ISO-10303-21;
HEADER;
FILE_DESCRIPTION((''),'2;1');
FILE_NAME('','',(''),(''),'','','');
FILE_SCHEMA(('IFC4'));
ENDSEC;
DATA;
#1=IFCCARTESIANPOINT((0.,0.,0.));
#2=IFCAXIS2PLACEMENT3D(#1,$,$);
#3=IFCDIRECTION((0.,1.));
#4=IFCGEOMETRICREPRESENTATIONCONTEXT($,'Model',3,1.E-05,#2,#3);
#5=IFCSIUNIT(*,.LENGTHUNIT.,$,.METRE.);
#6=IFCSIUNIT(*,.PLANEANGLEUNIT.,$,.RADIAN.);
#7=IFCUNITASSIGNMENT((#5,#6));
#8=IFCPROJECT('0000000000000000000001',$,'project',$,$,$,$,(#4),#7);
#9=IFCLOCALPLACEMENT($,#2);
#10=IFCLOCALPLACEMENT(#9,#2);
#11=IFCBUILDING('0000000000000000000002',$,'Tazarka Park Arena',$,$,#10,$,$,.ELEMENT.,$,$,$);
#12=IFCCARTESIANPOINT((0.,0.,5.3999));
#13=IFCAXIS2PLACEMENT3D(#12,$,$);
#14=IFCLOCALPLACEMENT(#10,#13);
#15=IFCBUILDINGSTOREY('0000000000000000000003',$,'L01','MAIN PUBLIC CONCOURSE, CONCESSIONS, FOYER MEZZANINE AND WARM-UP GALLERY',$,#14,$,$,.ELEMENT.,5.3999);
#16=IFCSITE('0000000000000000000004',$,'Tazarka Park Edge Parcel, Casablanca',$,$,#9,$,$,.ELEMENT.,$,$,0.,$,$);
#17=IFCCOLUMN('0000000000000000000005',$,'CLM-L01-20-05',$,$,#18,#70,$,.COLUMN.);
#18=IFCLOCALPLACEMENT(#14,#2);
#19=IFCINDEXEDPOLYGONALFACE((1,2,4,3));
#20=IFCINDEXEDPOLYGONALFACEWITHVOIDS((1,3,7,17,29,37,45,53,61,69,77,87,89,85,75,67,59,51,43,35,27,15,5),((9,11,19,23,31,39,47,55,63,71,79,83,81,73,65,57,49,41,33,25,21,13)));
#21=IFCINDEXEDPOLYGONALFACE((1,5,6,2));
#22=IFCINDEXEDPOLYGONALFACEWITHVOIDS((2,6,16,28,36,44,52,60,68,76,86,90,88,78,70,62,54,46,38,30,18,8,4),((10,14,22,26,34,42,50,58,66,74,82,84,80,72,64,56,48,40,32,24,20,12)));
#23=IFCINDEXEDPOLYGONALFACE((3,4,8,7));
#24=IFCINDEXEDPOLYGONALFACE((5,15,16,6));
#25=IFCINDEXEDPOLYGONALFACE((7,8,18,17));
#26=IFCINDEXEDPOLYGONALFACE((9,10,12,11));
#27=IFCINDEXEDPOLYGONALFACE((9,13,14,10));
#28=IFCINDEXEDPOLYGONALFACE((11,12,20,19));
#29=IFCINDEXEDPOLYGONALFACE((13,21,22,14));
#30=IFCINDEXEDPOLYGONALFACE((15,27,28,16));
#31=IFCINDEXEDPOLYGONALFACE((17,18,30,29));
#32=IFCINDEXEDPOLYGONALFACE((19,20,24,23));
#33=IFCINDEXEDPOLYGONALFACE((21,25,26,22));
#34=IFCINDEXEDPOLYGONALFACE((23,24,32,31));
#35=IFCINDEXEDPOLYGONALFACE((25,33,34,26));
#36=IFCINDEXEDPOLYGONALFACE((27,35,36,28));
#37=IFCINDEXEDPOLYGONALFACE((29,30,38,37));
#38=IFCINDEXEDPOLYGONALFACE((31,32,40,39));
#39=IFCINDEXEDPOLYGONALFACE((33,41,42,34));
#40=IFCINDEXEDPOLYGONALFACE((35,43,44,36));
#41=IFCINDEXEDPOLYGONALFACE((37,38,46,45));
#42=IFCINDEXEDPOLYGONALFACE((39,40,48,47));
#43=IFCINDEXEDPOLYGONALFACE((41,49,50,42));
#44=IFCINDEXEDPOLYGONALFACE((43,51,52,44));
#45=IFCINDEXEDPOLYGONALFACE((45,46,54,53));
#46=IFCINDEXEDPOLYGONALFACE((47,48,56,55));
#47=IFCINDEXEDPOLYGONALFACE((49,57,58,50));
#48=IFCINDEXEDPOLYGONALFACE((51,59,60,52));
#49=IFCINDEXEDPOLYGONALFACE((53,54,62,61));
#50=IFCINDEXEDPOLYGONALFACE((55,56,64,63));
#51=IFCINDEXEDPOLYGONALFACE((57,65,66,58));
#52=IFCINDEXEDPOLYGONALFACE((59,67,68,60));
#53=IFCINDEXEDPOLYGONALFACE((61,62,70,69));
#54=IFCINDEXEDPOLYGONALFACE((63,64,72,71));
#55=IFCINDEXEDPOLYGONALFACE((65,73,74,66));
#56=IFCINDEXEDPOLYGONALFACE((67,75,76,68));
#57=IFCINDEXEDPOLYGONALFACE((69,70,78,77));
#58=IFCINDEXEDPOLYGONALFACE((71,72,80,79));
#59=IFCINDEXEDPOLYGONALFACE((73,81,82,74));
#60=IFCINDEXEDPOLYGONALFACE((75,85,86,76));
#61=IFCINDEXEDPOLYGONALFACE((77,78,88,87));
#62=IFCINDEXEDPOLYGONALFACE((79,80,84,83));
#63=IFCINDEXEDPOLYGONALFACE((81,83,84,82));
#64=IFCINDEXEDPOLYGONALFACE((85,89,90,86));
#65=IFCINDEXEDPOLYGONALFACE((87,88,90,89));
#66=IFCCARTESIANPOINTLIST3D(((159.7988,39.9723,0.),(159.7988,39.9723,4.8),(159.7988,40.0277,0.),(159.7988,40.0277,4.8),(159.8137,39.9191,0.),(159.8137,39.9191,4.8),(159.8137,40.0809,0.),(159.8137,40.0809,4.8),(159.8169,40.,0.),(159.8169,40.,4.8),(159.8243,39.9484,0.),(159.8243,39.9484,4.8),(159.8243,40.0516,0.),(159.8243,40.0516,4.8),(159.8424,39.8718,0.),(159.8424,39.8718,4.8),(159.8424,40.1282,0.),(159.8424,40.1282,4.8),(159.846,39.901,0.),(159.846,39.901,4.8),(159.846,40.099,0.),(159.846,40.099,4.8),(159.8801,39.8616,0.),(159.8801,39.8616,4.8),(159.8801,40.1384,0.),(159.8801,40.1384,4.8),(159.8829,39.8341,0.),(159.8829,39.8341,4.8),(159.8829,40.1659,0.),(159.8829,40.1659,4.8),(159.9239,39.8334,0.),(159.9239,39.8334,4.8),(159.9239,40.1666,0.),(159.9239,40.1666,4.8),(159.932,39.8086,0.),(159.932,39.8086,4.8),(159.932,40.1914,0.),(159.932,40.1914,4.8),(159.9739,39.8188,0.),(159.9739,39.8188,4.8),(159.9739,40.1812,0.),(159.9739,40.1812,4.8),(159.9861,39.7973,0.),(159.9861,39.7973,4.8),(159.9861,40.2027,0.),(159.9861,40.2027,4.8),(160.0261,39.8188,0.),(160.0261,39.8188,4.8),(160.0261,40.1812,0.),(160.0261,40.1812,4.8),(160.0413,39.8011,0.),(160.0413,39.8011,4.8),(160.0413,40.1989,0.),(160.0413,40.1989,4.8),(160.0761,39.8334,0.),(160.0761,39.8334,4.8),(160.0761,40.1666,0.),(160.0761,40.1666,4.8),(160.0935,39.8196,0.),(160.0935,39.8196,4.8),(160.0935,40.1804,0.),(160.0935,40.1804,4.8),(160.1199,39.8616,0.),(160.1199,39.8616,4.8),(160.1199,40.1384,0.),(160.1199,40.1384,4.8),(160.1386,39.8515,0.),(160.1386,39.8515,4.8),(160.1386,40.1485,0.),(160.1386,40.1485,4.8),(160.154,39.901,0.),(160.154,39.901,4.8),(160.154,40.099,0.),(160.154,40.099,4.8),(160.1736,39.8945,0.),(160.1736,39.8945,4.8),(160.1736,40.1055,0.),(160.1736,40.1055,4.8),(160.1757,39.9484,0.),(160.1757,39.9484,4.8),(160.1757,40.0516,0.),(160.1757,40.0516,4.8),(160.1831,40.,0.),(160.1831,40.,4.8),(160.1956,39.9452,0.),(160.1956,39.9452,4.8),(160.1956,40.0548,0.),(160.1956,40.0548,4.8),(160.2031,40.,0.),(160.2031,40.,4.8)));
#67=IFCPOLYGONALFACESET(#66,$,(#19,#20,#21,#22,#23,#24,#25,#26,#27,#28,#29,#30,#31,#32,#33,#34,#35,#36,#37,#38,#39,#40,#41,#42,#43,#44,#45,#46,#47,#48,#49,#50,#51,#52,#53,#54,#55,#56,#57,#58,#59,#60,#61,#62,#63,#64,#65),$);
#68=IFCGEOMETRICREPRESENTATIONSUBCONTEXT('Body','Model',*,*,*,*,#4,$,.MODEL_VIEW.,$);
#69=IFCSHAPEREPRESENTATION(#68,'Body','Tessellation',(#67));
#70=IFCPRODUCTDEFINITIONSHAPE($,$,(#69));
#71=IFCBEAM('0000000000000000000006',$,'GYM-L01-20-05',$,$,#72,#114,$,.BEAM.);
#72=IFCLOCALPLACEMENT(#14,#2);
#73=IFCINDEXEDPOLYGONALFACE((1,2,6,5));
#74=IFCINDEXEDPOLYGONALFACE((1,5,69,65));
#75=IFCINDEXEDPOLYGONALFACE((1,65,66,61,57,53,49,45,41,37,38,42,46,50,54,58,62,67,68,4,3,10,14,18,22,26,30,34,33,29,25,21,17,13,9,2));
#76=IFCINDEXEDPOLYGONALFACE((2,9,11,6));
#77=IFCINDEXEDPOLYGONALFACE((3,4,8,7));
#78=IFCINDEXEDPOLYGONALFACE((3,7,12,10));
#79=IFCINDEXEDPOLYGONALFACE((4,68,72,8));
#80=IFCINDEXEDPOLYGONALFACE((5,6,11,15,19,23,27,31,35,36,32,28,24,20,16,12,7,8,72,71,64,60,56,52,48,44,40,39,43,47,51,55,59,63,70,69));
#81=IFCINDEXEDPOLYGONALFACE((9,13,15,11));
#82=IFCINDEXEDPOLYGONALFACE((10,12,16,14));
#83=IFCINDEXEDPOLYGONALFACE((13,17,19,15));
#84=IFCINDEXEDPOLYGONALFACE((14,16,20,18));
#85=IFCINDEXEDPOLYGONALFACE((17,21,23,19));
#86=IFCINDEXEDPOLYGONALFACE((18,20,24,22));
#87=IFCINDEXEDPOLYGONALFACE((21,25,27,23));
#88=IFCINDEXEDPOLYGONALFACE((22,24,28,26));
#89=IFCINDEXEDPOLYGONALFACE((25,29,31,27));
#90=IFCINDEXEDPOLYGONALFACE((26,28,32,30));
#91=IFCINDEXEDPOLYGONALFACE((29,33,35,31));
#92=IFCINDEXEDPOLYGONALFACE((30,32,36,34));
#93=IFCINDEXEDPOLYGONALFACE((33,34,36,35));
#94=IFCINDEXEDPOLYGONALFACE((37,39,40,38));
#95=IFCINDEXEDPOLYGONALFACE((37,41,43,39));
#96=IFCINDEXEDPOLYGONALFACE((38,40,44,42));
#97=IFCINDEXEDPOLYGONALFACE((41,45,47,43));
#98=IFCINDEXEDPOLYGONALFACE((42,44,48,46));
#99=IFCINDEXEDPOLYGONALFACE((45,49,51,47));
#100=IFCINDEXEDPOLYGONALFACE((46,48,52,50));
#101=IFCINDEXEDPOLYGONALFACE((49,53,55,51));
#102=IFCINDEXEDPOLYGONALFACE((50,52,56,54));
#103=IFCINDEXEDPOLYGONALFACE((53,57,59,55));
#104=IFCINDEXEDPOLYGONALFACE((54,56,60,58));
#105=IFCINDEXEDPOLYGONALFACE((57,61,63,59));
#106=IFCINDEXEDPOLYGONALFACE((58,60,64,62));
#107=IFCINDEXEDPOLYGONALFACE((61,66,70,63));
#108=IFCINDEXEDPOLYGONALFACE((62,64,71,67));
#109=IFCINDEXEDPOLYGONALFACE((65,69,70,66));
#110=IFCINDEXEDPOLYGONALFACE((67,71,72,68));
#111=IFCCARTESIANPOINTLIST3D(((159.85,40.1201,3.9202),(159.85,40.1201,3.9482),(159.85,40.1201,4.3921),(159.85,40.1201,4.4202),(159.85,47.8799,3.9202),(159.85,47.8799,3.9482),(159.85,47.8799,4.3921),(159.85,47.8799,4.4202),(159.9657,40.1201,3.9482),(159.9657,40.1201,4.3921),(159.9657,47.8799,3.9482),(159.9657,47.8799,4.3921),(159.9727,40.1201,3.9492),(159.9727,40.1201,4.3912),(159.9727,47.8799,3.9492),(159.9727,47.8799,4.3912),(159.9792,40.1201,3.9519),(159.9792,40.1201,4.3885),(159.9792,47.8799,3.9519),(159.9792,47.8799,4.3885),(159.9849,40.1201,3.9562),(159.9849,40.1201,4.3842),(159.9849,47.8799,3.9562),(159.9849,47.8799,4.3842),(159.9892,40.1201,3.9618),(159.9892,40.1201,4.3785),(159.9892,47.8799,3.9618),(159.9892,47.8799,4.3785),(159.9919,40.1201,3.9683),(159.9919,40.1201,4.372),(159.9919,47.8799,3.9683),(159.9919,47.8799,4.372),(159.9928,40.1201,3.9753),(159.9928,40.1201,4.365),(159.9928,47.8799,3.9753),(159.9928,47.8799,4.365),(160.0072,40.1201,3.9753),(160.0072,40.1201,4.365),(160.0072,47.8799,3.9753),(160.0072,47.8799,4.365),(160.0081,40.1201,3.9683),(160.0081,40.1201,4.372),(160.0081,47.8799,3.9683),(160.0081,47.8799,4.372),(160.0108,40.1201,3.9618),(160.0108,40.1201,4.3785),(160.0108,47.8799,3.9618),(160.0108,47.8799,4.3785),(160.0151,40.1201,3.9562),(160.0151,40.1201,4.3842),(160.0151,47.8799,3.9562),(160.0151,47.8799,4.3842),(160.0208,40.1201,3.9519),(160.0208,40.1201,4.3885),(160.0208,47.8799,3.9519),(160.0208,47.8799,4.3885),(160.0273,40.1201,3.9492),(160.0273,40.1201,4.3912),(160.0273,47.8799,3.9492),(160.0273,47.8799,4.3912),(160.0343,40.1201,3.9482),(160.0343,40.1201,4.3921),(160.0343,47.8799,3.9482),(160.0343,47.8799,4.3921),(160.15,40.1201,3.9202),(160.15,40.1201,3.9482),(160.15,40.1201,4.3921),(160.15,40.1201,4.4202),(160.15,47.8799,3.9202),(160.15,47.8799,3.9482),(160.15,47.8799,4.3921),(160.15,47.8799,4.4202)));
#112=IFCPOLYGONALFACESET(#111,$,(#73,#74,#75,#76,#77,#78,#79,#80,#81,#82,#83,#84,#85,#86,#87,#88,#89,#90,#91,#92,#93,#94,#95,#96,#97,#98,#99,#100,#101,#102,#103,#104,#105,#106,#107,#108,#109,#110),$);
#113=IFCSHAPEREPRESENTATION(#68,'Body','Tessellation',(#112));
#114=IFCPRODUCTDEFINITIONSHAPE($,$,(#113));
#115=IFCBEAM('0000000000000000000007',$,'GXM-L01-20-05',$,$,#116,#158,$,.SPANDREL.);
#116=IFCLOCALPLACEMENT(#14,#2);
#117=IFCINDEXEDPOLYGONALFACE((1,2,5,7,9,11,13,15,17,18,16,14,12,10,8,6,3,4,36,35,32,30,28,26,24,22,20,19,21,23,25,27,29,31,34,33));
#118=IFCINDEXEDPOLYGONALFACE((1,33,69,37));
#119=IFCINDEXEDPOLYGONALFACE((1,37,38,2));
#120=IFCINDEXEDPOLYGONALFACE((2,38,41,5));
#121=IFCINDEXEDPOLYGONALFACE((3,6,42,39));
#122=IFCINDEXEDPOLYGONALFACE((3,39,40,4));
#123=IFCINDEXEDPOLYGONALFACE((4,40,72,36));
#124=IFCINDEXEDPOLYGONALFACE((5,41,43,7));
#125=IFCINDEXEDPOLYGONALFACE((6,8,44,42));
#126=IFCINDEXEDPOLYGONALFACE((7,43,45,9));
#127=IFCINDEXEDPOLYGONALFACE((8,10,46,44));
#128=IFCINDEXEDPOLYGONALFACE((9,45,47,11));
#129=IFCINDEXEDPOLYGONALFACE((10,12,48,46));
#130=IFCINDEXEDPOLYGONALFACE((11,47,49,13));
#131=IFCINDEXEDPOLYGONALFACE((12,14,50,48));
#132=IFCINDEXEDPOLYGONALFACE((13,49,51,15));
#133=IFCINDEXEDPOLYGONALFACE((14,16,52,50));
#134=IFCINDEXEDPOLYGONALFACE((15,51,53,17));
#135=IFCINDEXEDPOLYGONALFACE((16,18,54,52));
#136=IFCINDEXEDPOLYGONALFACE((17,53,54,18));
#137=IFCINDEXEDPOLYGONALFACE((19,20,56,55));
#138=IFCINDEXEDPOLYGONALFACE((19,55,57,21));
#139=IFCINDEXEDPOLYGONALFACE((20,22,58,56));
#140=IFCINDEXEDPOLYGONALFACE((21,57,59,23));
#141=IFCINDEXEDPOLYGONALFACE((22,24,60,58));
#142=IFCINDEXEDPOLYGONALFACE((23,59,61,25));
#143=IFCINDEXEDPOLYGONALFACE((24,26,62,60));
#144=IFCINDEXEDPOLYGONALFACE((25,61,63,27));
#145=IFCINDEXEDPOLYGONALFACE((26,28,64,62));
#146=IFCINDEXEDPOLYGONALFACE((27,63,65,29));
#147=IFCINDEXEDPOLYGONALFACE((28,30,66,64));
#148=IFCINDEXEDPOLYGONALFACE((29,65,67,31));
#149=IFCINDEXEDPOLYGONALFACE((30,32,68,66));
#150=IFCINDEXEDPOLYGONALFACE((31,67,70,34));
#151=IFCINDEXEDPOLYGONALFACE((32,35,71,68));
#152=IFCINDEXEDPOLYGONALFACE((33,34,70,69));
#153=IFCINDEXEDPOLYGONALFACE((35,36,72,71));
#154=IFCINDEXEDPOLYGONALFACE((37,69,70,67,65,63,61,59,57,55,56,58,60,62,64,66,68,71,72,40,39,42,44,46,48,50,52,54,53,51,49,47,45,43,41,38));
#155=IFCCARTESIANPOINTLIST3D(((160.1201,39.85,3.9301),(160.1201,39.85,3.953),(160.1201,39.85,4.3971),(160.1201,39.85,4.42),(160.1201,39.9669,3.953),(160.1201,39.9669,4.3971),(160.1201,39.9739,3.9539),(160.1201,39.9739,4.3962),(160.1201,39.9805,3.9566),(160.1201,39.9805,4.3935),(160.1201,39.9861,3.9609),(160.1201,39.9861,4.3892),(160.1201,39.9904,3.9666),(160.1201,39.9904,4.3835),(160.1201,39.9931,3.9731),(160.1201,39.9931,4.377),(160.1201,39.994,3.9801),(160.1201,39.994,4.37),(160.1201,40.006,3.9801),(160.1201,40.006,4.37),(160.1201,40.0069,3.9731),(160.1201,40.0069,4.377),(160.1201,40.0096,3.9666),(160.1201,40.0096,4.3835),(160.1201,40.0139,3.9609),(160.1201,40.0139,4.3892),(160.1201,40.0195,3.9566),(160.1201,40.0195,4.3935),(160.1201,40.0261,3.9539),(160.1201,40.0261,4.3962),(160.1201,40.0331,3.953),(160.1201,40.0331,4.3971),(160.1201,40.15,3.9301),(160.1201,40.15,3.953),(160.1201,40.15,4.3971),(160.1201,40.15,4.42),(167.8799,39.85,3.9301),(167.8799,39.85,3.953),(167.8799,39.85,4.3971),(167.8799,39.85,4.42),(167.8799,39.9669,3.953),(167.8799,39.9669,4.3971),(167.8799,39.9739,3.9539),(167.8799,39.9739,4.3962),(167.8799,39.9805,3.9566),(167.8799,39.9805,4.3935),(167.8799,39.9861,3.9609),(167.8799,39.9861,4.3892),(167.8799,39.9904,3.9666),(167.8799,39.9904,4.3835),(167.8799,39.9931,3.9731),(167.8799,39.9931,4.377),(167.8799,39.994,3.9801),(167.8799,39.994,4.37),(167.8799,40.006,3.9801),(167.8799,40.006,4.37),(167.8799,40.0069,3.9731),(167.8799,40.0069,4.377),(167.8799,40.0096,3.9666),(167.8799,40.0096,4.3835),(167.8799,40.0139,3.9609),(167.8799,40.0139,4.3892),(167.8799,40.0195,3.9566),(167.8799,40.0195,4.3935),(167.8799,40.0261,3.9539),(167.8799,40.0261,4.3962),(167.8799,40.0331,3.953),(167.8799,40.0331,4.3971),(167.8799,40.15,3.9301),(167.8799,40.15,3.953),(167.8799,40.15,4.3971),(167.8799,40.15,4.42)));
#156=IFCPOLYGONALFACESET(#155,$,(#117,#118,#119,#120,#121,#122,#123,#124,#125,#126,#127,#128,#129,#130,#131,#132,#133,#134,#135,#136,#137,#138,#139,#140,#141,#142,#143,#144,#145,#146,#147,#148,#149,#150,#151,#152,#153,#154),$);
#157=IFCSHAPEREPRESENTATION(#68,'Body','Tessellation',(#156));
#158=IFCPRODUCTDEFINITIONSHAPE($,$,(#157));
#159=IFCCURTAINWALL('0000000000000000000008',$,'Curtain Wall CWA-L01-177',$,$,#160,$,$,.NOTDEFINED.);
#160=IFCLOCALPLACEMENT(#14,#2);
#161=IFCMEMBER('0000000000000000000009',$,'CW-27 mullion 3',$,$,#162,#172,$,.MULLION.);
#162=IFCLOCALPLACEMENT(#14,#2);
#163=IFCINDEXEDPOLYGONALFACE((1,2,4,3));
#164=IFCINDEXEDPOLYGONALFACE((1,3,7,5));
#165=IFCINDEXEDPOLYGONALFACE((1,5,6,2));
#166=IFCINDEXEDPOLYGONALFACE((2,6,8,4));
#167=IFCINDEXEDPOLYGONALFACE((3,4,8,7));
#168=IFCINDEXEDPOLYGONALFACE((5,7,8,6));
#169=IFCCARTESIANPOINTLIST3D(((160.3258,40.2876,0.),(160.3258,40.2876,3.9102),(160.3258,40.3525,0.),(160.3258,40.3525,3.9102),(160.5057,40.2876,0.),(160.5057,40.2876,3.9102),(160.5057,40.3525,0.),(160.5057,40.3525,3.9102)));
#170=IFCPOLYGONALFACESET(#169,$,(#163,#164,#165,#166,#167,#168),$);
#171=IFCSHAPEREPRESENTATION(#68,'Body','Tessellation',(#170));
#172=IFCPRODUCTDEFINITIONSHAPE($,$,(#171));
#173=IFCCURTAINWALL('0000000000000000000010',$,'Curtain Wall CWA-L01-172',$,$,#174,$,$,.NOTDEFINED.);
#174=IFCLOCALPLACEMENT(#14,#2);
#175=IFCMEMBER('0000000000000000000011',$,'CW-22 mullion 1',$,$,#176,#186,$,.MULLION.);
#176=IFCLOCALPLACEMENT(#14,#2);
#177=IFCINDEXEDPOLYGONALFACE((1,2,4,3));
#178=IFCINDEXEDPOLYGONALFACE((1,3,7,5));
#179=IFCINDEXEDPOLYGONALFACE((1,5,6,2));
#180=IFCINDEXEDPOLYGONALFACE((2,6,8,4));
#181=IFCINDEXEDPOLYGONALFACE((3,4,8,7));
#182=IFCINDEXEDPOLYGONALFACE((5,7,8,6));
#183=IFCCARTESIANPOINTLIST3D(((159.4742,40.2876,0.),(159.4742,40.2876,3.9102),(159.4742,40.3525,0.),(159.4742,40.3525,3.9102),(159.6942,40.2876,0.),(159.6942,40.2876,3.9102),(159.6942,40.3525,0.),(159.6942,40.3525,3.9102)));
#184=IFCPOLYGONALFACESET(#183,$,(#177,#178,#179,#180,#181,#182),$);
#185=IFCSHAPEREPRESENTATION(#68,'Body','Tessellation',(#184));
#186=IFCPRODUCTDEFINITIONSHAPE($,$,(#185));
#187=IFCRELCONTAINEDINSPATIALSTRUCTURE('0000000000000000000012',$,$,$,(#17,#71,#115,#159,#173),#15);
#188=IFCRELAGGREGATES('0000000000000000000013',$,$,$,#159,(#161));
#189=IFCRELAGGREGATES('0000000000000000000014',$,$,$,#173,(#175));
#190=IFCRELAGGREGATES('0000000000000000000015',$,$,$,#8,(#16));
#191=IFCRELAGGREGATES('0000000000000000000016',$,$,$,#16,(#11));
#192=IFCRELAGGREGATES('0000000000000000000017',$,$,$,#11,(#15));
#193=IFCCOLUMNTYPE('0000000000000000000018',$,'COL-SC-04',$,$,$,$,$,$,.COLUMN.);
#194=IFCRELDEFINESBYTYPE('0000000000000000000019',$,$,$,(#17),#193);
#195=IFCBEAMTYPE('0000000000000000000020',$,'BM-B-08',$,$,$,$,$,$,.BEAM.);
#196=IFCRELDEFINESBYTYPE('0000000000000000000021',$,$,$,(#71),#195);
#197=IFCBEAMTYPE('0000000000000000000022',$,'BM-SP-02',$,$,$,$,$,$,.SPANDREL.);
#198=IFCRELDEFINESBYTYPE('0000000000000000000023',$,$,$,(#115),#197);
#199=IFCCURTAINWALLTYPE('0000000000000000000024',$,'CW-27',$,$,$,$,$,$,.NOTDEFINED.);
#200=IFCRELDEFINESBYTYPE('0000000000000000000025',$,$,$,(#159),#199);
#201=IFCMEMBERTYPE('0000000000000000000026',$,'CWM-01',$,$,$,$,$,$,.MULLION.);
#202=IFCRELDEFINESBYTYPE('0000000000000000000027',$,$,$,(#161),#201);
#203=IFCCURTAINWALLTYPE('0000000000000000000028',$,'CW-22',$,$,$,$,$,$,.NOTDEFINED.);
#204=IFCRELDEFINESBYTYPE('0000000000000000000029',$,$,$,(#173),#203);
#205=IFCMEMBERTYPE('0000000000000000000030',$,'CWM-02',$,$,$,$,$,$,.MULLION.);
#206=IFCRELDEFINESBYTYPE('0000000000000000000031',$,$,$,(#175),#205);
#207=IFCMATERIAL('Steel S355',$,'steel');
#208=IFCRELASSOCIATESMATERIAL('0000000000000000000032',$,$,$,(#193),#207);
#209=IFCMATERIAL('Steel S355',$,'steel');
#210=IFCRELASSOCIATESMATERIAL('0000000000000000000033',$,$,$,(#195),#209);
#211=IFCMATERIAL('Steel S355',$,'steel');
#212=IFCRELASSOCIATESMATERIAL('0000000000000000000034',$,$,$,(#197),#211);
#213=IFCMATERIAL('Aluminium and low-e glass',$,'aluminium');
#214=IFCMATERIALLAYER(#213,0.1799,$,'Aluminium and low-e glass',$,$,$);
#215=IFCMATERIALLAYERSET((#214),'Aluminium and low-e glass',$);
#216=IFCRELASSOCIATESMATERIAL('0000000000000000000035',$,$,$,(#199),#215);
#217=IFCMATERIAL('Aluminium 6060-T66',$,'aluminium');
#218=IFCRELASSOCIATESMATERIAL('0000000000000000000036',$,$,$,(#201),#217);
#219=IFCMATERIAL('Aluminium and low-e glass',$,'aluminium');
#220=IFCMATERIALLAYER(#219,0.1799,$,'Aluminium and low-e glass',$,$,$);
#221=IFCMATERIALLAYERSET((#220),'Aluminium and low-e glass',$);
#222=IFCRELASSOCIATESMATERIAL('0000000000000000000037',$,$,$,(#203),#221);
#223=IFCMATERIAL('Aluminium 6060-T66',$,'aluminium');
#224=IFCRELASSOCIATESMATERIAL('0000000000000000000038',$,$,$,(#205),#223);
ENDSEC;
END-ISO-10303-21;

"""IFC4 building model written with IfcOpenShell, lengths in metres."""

from ifc_helpers import new_model, si_unit, direction, frame, origin, origin_2d, place, context, subcontext, project, spatial, rectangle, hollow_circle, i_section, extrude, material, layer, layer_set, material_profile, profile_set, type_object, element, aggregate, save


model = new_model("IFC4")

# Units and contexts
model_context = context("Model", 3, precision=1e-05, world=origin(), true_north=direction((0.0, 1.0)))
body_context = subcontext(model_context, "Body", "Model", "MODEL_VIEW")
ifc_project = project(units=[si_unit("LENGTHUNIT", "METRE"), si_unit("PLANEANGLEUNIT", "RADIAN")], contexts=[model_context])

# Site, building, storey
site_placement = place(None, origin())
site = spatial("IfcSite", under=ifc_project, at=site_placement, Name="Tazarka Park Edge Parcel, Casablanca", CompositionType="ELEMENT", RefElevation=0.0)
building_placement = place(site_placement, origin())
building = spatial("IfcBuilding", under=site, at=building_placement, Name="Tazarka Park Arena", CompositionType="ELEMENT")
storey_placement = place(building_placement, frame((0.0, 0.0, 5.3999)))
storey = spatial("IfcBuildingStorey", under=building, at=storey_placement, Name="L01", Description="MAIN PUBLIC CONCOURSE, CONCESSIONS, FOYER MEZZANINE AND WARM-UP GALLERY", CompositionType="ELEMENT", Elevation=5.3999)

# Column
ifc_material_1 = material(Name="Steel S355", Category="steel")
ifc_material_profile_1 = material_profile(ifc_material_1, hollow_circle(Radius=0.2031, WallThickness=0.02, at=origin_2d()), Name="Steel S355")
ifc_profile_set_1 = profile_set([ifc_material_profile_1], Name="Steel S355")
column_type = type_object("IfcColumnType", Name="COL-SC-04", PredefinedType="COLUMN", material=ifc_profile_set_1)
column_placement = place(storey_placement, frame((160.0, 40.0, 0.0), z_axis=(0.0, 0.0, 1.0), x_axis=(1.0, 0.0, 0.0)))
element("IfcColumn", 1, at=column_placement, inside=storey, type_object=column_type, Name="CLM-L01-20-05", PredefinedType="COLUMN", context=body_context, shape_type="SweptSolid", body=[
    extrude(hollow_circle(Radius=0.2031, WallThickness=0.02, at=origin_2d()), origin(), (0.0, 0.0, 1.0), 4.8),
])

# Beams
ifc_material_2 = material(Name="Steel S355", Category="steel")
ifc_material_profile_2 = material_profile(ifc_material_2, i_section(OverallWidth=0.3, OverallDepth=0.5, WebThickness=0.0144, FlangeThickness=0.0281, FilletRadius=0.0271, at=origin_2d()), Name="Steel S355")
ifc_profile_set_2 = profile_set([ifc_material_profile_2], Name="Steel S355")
beam_type_1 = type_object("IfcBeamType", Name="BM-B-08", PredefinedType="BEAM", material=ifc_profile_set_2)
beam_1_placement = place(storey_placement, frame((160.0, 40.1201, 4.1702), z_axis=(0.0, 1.0, 0.0), x_axis=(-1.0, 0.0, 0.0)))
element("IfcBeam", 2, at=beam_1_placement, inside=storey, type_object=beam_type_1, Name="GYM-L01-20-05", PredefinedType="BEAM", context=body_context, shape_type="SweptSolid", body=[
    extrude(i_section(OverallWidth=0.3, OverallDepth=0.5, WebThickness=0.0144, FlangeThickness=0.0281, FilletRadius=0.0271, at=origin_2d()), origin(), (0.0, 0.0, 1.0), 7.7598),
])
ifc_material_3 = material(Name="Steel S355", Category="steel")
ifc_material_profile_3 = material_profile(ifc_material_3, i_section(OverallWidth=0.3, OverallDepth=0.49, WebThickness=0.012, FlangeThickness=0.0229, FilletRadius=0.0271, at=origin_2d()), Name="Steel S355")
ifc_profile_set_3 = profile_set([ifc_material_profile_3], Name="Steel S355")
beam_type_2 = type_object("IfcBeamType", Name="BM-SP-02", PredefinedType="SPANDREL", material=ifc_profile_set_3)
beam_2_placement = place(storey_placement, frame((160.1201, 40.0, 4.175), z_axis=(1.0, 0.0, 0.0), x_axis=(0.0, 1.0, 0.0)))
element("IfcBeam", 3, at=beam_2_placement, inside=storey, type_object=beam_type_2, Name="GXM-L01-20-05", PredefinedType="SPANDREL", context=body_context, shape_type="SweptSolid", body=[
    extrude(i_section(OverallWidth=0.3, OverallDepth=0.49, WebThickness=0.012, FlangeThickness=0.0229, FilletRadius=0.0271, at=origin_2d()), origin(), (0.0, 0.0, 1.0), 7.7598),
])

# Curtain wall, member
ifc_material_4 = material(Name="Aluminium and low-e glass", Category="aluminium")
ifc_layer_1 = layer(ifc_material_4, 0.1799, Name="Aluminium and low-e glass")
ifc_layer_set_1 = layer_set([ifc_layer_1], Name="Aluminium and low-e glass")
curtain_wall_type_1 = type_object("IfcCurtainWallType", Name="CW-27", PredefinedType="NOTDEFINED", material=ifc_layer_set_1)
curtain_wall_1_placement = place(storey_placement, origin())
curtain_wall_1 = element("IfcCurtainWall", 4, at=curtain_wall_1_placement, inside=storey, type_object=curtain_wall_type_1, Name="Curtain Wall CWA-L01-177", PredefinedType="NOTDEFINED")
ifc_material_5 = material(Name="Aluminium 6060-T66", Category="aluminium")
ifc_material_profile_4 = material_profile(ifc_material_5, rectangle(XDim=0.0649, YDim=0.1799, at=origin_2d()), Name="Aluminium 6060-T66")
ifc_profile_set_4 = profile_set([ifc_material_profile_4], Name="Aluminium 6060-T66")
member_type_1 = type_object("IfcMemberType", Name="CWM-01", PredefinedType="MULLION", material=ifc_profile_set_4)
member_1_placement = place(storey_placement, frame((160.4158, 40.3201, 0.0), z_axis=(0.0, 0.0, 1.0), x_axis=(0.0, -1.0, 0.0)))
member_1 = element("IfcMember", 5, at=member_1_placement, type_object=member_type_1, Name="CW-27 mullion 3", PredefinedType="MULLION", context=body_context, shape_type="SweptSolid", body=[
    extrude(rectangle(XDim=0.0649, YDim=0.1799, at=origin_2d()), origin(), (0.0, 0.0, 1.0), 3.9102),
])

# Curtain wall, member
ifc_material_6 = material(Name="Aluminium and low-e glass", Category="aluminium")
ifc_layer_2 = layer(ifc_material_6, 0.1799, Name="Aluminium and low-e glass")
ifc_layer_set_2 = layer_set([ifc_layer_2], Name="Aluminium and low-e glass")
curtain_wall_type_2 = type_object("IfcCurtainWallType", Name="CW-22", PredefinedType="NOTDEFINED", material=ifc_layer_set_2)
curtain_wall_2_placement = place(storey_placement, origin())
curtain_wall_2 = element("IfcCurtainWall", 6, at=curtain_wall_2_placement, inside=storey, type_object=curtain_wall_type_2, Name="Curtain Wall CWA-L01-172", PredefinedType="NOTDEFINED")
ifc_material_7 = material(Name="Aluminium 6060-T66", Category="aluminium")
ifc_material_profile_5 = material_profile(ifc_material_7, rectangle(XDim=0.0649, YDim=0.22, at=origin_2d()), Name="Aluminium 6060-T66")
ifc_profile_set_5 = profile_set([ifc_material_profile_5], Name="Aluminium 6060-T66")
member_type_2 = type_object("IfcMemberType", Name="CWM-02", PredefinedType="MULLION", material=ifc_profile_set_5)
member_2_placement = place(storey_placement, frame((159.5842, 40.3201, 0.0), z_axis=(0.0, 0.0, 1.0), x_axis=(0.0, -1.0, 0.0)))
member_2 = element("IfcMember", 7, at=member_2_placement, type_object=member_type_2, Name="CW-22 mullion 1", PredefinedType="MULLION", context=body_context, shape_type="SweptSolid", body=[
    extrude(rectangle(XDim=0.0649, YDim=0.22, at=origin_2d()), origin(), (0.0, 0.0, 1.0), 3.9102),
])

aggregate(curtain_wall_1, [member_1])
aggregate(curtain_wall_2, [member_2])

save(model, "model.ifc")
